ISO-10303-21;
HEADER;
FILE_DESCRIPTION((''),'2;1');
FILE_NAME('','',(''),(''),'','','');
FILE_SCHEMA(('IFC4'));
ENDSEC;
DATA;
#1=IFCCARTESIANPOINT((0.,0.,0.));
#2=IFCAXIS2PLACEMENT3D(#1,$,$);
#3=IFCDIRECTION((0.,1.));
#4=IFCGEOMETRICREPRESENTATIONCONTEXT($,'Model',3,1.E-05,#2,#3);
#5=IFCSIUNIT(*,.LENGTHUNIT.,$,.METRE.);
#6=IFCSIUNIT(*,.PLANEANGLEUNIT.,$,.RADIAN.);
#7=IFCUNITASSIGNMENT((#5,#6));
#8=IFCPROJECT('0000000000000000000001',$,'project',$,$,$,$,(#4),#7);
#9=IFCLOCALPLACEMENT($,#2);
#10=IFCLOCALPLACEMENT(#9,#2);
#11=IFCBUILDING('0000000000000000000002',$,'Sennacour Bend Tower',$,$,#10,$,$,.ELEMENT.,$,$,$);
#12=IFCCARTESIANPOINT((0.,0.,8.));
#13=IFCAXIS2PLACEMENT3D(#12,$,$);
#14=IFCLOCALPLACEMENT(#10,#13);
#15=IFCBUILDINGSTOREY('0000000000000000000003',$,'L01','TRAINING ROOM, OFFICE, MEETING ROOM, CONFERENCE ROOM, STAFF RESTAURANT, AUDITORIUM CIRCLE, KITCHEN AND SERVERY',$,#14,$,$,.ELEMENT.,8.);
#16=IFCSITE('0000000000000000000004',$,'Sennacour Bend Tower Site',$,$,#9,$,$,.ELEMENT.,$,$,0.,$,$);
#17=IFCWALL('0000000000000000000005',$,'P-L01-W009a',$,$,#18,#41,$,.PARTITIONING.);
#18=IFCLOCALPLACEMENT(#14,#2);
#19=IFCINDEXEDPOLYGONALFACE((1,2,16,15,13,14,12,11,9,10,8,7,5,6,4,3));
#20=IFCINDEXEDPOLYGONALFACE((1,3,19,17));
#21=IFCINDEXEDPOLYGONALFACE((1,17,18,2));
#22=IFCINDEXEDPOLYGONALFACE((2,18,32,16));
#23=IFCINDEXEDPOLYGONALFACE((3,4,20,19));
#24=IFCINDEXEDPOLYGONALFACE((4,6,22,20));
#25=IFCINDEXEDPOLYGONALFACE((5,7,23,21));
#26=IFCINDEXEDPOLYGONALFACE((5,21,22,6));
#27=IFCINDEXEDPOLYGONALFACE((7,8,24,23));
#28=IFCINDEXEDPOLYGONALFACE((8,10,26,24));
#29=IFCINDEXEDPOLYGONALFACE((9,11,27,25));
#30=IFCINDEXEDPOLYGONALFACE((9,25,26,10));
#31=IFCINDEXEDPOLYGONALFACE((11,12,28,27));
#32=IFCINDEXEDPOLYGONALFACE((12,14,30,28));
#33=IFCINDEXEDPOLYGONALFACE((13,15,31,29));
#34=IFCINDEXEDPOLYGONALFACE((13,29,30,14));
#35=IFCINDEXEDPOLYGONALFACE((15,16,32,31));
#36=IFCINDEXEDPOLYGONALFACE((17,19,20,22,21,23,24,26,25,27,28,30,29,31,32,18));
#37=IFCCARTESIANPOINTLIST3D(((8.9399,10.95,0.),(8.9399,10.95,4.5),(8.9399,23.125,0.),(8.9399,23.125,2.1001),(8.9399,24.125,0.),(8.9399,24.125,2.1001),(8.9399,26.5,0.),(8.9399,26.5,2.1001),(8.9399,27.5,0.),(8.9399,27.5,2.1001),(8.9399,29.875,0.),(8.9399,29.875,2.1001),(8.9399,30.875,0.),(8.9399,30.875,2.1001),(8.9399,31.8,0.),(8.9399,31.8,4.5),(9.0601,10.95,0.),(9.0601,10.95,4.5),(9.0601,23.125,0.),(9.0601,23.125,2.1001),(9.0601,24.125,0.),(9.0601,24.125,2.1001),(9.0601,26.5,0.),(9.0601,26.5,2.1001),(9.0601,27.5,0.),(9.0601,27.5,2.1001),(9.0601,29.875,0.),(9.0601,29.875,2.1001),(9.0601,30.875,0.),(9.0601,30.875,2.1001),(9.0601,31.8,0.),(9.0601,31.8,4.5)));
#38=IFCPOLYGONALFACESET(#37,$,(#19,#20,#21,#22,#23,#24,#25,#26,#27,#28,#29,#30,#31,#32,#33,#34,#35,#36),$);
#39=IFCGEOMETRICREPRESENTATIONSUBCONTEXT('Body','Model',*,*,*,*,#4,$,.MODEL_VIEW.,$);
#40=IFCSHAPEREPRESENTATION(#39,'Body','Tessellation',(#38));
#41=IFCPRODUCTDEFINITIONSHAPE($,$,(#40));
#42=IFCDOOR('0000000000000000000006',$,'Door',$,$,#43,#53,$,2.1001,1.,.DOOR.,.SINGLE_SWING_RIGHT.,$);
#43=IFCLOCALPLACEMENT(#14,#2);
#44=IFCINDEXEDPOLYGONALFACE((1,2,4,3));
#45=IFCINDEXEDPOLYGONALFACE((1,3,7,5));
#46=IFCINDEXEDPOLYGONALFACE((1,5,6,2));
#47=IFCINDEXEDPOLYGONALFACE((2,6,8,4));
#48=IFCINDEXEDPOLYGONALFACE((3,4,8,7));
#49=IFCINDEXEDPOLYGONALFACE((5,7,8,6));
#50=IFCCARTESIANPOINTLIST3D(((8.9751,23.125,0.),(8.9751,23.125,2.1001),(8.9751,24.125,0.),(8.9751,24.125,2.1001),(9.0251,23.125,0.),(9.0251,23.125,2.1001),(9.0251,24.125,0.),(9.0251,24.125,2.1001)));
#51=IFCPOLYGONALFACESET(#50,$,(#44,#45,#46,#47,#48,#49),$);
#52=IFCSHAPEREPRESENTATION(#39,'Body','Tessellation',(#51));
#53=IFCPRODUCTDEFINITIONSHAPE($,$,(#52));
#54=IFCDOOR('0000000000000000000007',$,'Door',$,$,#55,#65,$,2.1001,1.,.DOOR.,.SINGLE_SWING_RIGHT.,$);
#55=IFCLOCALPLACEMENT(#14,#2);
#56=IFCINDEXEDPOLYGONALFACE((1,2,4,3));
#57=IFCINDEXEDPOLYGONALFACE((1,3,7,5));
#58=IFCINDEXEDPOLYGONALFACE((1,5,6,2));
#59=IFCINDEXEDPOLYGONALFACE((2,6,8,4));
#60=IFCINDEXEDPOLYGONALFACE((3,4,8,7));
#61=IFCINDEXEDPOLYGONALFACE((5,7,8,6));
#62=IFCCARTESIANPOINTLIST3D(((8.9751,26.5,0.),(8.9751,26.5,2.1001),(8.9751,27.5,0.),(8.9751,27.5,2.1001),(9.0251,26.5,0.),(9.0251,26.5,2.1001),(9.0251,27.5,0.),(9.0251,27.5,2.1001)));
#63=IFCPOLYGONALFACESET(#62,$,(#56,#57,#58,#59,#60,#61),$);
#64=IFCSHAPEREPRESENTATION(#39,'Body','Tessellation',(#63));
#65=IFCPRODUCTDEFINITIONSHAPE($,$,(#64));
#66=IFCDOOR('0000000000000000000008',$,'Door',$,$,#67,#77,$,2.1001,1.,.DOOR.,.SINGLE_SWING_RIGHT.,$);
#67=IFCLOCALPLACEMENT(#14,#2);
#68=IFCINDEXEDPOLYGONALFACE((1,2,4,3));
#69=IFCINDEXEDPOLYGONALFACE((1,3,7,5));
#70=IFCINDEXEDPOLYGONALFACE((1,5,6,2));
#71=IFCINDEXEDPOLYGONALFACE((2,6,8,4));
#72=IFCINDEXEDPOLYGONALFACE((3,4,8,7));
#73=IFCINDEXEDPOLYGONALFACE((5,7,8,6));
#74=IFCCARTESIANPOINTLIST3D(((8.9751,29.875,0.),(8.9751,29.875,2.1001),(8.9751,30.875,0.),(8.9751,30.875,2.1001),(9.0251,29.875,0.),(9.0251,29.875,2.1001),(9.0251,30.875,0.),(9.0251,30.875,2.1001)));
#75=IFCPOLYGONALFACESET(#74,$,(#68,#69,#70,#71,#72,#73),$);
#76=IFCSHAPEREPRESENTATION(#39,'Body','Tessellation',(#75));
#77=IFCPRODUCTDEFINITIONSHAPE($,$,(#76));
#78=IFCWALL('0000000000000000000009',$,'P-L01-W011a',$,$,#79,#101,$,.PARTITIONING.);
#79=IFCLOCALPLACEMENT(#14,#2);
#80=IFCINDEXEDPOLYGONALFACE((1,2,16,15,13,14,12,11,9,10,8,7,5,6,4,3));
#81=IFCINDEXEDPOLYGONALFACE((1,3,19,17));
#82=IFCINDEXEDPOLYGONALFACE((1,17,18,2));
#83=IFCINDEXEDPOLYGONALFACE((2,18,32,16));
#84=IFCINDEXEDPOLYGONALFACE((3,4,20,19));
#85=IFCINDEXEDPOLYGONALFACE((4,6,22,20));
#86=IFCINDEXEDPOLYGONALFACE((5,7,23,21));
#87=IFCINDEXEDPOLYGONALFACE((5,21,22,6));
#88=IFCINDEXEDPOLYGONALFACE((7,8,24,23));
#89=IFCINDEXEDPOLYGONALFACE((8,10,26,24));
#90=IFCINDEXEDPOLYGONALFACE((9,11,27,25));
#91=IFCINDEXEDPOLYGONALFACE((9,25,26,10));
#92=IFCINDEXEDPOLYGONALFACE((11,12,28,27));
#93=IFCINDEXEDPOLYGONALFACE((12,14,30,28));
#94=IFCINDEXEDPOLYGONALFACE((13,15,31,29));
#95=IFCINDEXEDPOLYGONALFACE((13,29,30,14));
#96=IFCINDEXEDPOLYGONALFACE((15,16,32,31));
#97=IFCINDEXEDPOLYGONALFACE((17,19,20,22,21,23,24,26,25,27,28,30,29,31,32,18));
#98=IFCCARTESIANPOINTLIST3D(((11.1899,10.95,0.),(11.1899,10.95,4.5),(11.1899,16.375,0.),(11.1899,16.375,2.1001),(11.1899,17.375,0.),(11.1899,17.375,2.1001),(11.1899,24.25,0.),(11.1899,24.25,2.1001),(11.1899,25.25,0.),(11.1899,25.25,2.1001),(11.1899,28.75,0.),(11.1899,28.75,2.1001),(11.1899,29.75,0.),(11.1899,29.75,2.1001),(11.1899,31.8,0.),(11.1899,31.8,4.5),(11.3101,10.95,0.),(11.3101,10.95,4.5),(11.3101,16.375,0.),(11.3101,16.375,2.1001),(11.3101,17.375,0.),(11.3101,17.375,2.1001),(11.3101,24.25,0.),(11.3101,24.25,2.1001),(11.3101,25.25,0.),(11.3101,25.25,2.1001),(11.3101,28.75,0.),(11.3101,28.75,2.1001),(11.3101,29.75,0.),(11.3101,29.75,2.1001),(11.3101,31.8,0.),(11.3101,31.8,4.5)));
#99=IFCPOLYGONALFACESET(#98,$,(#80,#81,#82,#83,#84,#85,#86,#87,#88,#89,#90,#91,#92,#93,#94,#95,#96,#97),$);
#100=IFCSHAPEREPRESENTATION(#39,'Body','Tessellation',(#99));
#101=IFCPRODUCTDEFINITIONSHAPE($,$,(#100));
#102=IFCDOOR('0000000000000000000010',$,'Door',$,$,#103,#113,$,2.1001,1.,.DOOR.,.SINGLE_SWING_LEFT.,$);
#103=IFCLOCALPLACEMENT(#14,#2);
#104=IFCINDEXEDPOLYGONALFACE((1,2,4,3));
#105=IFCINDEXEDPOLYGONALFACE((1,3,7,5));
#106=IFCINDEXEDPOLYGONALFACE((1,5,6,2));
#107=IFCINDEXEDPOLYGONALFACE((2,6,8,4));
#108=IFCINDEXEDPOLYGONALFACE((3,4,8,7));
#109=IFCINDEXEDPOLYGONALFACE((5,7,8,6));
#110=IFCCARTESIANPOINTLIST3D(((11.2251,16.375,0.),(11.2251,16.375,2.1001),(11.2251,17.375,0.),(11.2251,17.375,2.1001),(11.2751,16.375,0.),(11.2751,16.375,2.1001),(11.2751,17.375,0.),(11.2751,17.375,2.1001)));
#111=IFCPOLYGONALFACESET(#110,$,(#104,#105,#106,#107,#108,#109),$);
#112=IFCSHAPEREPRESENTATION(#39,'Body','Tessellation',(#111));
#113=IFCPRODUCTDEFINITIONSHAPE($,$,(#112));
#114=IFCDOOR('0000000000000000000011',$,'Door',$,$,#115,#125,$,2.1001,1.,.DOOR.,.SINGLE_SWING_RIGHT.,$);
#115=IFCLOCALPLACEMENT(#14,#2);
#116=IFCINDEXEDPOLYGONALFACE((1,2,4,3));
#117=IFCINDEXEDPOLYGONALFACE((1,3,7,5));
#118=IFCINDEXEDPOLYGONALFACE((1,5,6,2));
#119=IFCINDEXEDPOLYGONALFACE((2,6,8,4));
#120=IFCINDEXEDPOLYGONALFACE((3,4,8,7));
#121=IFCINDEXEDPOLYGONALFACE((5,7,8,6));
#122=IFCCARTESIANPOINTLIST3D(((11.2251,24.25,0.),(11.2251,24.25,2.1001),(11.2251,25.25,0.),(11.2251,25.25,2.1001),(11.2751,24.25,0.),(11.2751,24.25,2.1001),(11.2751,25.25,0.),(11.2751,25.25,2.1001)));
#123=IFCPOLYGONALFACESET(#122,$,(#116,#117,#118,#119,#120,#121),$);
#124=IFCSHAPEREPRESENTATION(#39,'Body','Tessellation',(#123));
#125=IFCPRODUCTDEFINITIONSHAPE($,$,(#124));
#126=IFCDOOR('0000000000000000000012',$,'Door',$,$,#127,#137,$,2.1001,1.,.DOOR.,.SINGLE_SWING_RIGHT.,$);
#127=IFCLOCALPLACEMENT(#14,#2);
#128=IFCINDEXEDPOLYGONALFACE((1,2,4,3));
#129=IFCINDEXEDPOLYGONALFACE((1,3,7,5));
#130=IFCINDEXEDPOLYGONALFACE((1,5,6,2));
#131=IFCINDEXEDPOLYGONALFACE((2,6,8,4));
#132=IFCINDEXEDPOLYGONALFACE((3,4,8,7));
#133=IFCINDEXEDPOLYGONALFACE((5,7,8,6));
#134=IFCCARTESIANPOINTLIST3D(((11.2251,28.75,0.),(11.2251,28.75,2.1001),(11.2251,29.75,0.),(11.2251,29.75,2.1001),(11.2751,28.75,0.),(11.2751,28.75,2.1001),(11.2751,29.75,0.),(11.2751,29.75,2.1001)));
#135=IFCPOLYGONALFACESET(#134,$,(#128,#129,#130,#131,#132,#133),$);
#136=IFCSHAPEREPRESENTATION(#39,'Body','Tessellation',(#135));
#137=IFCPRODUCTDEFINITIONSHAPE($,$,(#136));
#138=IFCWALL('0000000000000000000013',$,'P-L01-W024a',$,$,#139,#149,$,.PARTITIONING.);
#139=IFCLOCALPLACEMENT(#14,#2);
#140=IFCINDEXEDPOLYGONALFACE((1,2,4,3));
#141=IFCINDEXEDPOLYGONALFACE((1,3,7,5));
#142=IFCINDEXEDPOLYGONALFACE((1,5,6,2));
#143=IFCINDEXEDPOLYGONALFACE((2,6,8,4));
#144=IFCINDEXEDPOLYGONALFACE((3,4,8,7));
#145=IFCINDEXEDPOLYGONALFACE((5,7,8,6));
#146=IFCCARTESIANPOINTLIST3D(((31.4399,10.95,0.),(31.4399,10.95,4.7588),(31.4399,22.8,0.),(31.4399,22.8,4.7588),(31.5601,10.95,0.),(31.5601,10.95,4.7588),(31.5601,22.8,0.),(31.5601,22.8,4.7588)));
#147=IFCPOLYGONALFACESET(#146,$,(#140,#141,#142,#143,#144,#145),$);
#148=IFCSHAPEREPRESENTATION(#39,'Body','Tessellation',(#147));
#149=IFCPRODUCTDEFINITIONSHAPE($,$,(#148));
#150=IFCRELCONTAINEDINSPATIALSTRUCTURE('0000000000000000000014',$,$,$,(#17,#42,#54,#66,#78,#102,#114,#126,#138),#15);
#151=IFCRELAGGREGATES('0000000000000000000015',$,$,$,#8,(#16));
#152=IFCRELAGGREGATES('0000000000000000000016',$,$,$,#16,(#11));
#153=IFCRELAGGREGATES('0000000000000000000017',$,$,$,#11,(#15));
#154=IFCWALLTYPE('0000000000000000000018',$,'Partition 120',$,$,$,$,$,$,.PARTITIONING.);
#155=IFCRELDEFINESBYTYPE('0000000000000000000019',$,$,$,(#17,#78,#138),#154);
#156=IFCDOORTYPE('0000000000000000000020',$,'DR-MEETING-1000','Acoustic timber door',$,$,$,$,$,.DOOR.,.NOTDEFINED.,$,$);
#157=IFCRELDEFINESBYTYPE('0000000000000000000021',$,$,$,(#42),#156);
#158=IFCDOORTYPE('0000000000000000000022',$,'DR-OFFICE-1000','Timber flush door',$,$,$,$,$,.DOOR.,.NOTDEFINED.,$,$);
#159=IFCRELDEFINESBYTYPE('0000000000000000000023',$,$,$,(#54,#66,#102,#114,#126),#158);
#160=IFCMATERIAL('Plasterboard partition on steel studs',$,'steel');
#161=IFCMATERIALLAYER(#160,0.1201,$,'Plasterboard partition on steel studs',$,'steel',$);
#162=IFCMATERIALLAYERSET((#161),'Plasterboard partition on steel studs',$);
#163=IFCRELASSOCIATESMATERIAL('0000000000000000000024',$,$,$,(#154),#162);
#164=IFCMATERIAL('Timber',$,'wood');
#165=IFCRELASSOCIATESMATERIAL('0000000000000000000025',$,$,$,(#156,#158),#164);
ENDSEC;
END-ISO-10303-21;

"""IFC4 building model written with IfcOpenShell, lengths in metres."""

from ifc_helpers import new_model, si_unit, direction, frame, frame_2d, origin, place, context, subcontext, project, spatial, rectangle, extrude, material, layer, layer_set, type_object, element, fill, save


model = new_model("IFC4")

# Units and contexts
model_context = context("Model", 3, precision=1e-05, world=origin(), true_north=direction((0.0, 1.0)))
body_context = subcontext(model_context, "Body", "Model", "MODEL_VIEW")
ifc_project = project(units=[si_unit("LENGTHUNIT", "METRE"), si_unit("PLANEANGLEUNIT", "RADIAN")], contexts=[model_context])

# Site, building, storey
site_placement = place(None, origin())
site = spatial("IfcSite", under=ifc_project, at=site_placement, Name="Sennacour Bend Tower Site", CompositionType="ELEMENT", RefElevation=0.0)
building_placement = place(site_placement, origin())
building = spatial("IfcBuilding", under=site, at=building_placement, Name="Sennacour Bend Tower", CompositionType="ELEMENT")
storey_placement = place(building_placement, frame((0.0, 0.0, 8.0)))
storey = spatial("IfcBuildingStorey", under=building, at=storey_placement, Name="L01", Description="TRAINING ROOM, OFFICE, MEETING ROOM, CONFERENCE ROOM, STAFF RESTAURANT, AUDITORIUM CIRCLE, KITCHEN AND SERVERY", CompositionType="ELEMENT", Elevation=8.0)

# Shared definitions
ifc_material_1 = material(Name="Plasterboard partition on steel studs", Category="steel")
ifc_layer_1 = layer(ifc_material_1, 0.1201, Name="Plasterboard partition on steel studs", Category="steel")
ifc_layer_set_1 = layer_set([ifc_layer_1], Name="Plasterboard partition on steel studs")
wall_type_1 = type_object("IfcWallType", Name="Partition 120", PredefinedType="PARTITIONING", material=ifc_layer_set_1)

# Walls, openings, doors
wall_1_placement = place(storey_placement, frame((9.0, 10.95, 0.0), z_axis=(0.0, 0.0, 1.0), x_axis=(0.0, 1.0, 0.0)))
wall_1 = element("IfcWall", 1, at=wall_1_placement, inside=storey, type_object=wall_type_1, Name="P-L01-W009a", PredefinedType="PARTITIONING", context=body_context, shape_type="SweptSolid", body=[
    extrude(rectangle(XDim=20.8501, YDim=0.1201, at=frame_2d((10.425, 0.0))), origin(), (0.0, 0.0, 1.0), 4.5),
])
opening_1_placement = place(wall_1_placement, frame((12.175, 0.0, 0.0)))
opening_1 = element("IfcOpeningElement", 2, at=opening_1_placement, cuts=wall_1, PredefinedType="OPENING", context=body_context, shape_type="SweptSolid", body=[
    extrude(rectangle(XDim=1.0, YDim=2.1001, at=frame_2d((0.5, 1.05))), frame((0.0, 0.0701, 0.0), z_axis=(0.0, -1.0, 0.0), x_axis=(1.0, 0.0, 0.0)), (0.0, 0.0, 1.0), 0.1401),
])
opening_2_placement = place(wall_1_placement, frame((15.55, 0.0, 0.0)))
opening_2 = element("IfcOpeningElement", 3, at=opening_2_placement, cuts=wall_1, PredefinedType="OPENING", context=body_context, shape_type="SweptSolid", body=[
    extrude(rectangle(XDim=1.0, YDim=2.1001, at=frame_2d((0.5, 1.05))), frame((0.0, 0.0701, 0.0), z_axis=(0.0, -1.0, 0.0), x_axis=(1.0, 0.0, 0.0)), (0.0, 0.0, 1.0), 0.1401),
])
opening_3_placement = place(wall_1_placement, frame((18.925, 0.0, 0.0)))
opening_3 = element("IfcOpeningElement", 4, at=opening_3_placement, cuts=wall_1, PredefinedType="OPENING", context=body_context, shape_type="SweptSolid", body=[
    extrude(rectangle(XDim=1.0, YDim=2.1001, at=frame_2d((0.5, 1.05))), frame((0.0, 0.0701, 0.0), z_axis=(0.0, -1.0, 0.0), x_axis=(1.0, 0.0, 0.0)), (0.0, 0.0, 1.0), 0.1401),
])
ifc_material_2 = material(Name="Timber", Category="wood")
door_type_1 = type_object("IfcDoorType", Name="DR-MEETING-1000", Description="Acoustic timber door", OperationType="NOTDEFINED", PredefinedType="DOOR", material=ifc_material_2)
door_1_placement = place(opening_1_placement, origin())
door_1 = element("IfcDoor", 5, at=door_1_placement, inside=storey, type_object=door_type_1, Name="Door", OperationType="SINGLE_SWING_RIGHT", OverallHeight=2.1001, OverallWidth=1.0, PredefinedType="DOOR", context=body_context, shape_type="SweptSolid", body=[
    extrude(rectangle(XDim=1.0, YDim=2.1001, at=frame_2d((0.5, 1.05))), frame((0.0, 0.0249, 0.0), z_axis=(0.0, -1.0, 0.0), x_axis=(1.0, 0.0, 0.0)), (0.0, 0.0, 1.0), 0.05),
])
fill(opening_1, door_1)
door_type_2 = type_object("IfcDoorType", Name="DR-OFFICE-1000", Description="Timber flush door", OperationType="NOTDEFINED", PredefinedType="DOOR", material=ifc_material_2)
door_2_placement = place(opening_2_placement, origin())
door_2 = element("IfcDoor", 6, at=door_2_placement, inside=storey, type_object=door_type_2, Name="Door", OperationType="SINGLE_SWING_RIGHT", OverallHeight=2.1001, OverallWidth=1.0, PredefinedType="DOOR", context=body_context, shape_type="SweptSolid", body=[
    extrude(rectangle(XDim=1.0, YDim=2.1001, at=frame_2d((0.5, 1.05))), frame((0.0, 0.0249, 0.0), z_axis=(0.0, -1.0, 0.0), x_axis=(1.0, 0.0, 0.0)), (0.0, 0.0, 1.0), 0.05),
])
fill(opening_2, door_2)
door_3_placement = place(opening_3_placement, origin())
door_3 = element("IfcDoor", 7, at=door_3_placement, inside=storey, type_object=door_type_2, Name="Door", OperationType="SINGLE_SWING_RIGHT", OverallHeight=2.1001, OverallWidth=1.0, PredefinedType="DOOR", context=body_context, shape_type="SweptSolid", body=[
    extrude(rectangle(XDim=1.0, YDim=2.1001, at=frame_2d((0.5, 1.05))), frame((0.0, 0.0249, 0.0), z_axis=(0.0, -1.0, 0.0), x_axis=(1.0, 0.0, 0.0)), (0.0, 0.0, 1.0), 0.05),
])
fill(opening_3, door_3)
wall_2_placement = place(storey_placement, frame((11.25, 10.95, 0.0), z_axis=(0.0, 0.0, 1.0), x_axis=(0.0, 1.0, 0.0)))
wall_2 = element("IfcWall", 8, at=wall_2_placement, inside=storey, type_object=wall_type_1, Name="P-L01-W011a", PredefinedType="PARTITIONING", context=body_context, shape_type="SweptSolid", body=[
    extrude(rectangle(XDim=20.8501, YDim=0.1201, at=frame_2d((10.425, 0.0))), origin(), (0.0, 0.0, 1.0), 4.5),
])
opening_4_placement = place(wall_2_placement, frame((5.425, 0.0, 0.0)))
opening_4 = element("IfcOpeningElement", 9, at=opening_4_placement, cuts=wall_2, PredefinedType="OPENING", context=body_context, shape_type="SweptSolid", body=[
    extrude(rectangle(XDim=1.0, YDim=2.1001, at=frame_2d((0.5, 1.05))), frame((0.0, 0.0701, 0.0), z_axis=(0.0, -1.0, 0.0), x_axis=(1.0, 0.0, 0.0)), (0.0, 0.0, 1.0), 0.1401),
])
opening_5_placement = place(wall_2_placement, frame((13.3, 0.0, 0.0)))
opening_5 = element("IfcOpeningElement", 10, at=opening_5_placement, cuts=wall_2, PredefinedType="OPENING", context=body_context, shape_type="SweptSolid", body=[
    extrude(rectangle(XDim=1.0, YDim=2.1001, at=frame_2d((0.5, 1.05))), frame((0.0, 0.0701, 0.0), z_axis=(0.0, -1.0, 0.0), x_axis=(1.0, 0.0, 0.0)), (0.0, 0.0, 1.0), 0.1401),
])
opening_6_placement = place(wall_2_placement, frame((17.8, 0.0, 0.0)))
opening_6 = element("IfcOpeningElement", 11, at=opening_6_placement, cuts=wall_2, PredefinedType="OPENING", context=body_context, shape_type="SweptSolid", body=[
    extrude(rectangle(XDim=1.0, YDim=2.1001, at=frame_2d((0.5, 1.05))), frame((0.0, 0.0701, 0.0), z_axis=(0.0, -1.0, 0.0), x_axis=(1.0, 0.0, 0.0)), (0.0, 0.0, 1.0), 0.1401),
])
door_4_placement = place(opening_4_placement, origin())
door_4 = element("IfcDoor", 12, at=door_4_placement, inside=storey, type_object=door_type_2, Name="Door", OperationType="SINGLE_SWING_LEFT", OverallHeight=2.1001, OverallWidth=1.0, PredefinedType="DOOR", context=body_context, shape_type="SweptSolid", body=[
    extrude(rectangle(XDim=1.0, YDim=2.1001, at=frame_2d((0.5, 1.05))), frame((0.0, 0.0249, 0.0), z_axis=(0.0, -1.0, 0.0), x_axis=(1.0, 0.0, 0.0)), (0.0, 0.0, 1.0), 0.05),
])
fill(opening_4, door_4)
door_5_placement = place(opening_5_placement, origin())
door_5 = element("IfcDoor", 13, at=door_5_placement, inside=storey, type_object=door_type_2, Name="Door", OperationType="SINGLE_SWING_RIGHT", OverallHeight=2.1001, OverallWidth=1.0, PredefinedType="DOOR", context=body_context, shape_type="SweptSolid", body=[
    extrude(rectangle(XDim=1.0, YDim=2.1001, at=frame_2d((0.5, 1.05))), frame((0.0, 0.0249, 0.0), z_axis=(0.0, -1.0, 0.0), x_axis=(1.0, 0.0, 0.0)), (0.0, 0.0, 1.0), 0.05),
])
fill(opening_5, door_5)
door_6_placement = place(opening_6_placement, origin())
door_6 = element("IfcDoor", 14, at=door_6_placement, inside=storey, type_object=door_type_2, Name="Door", OperationType="SINGLE_SWING_RIGHT", OverallHeight=2.1001, OverallWidth=1.0, PredefinedType="DOOR", context=body_context, shape_type="SweptSolid", body=[
    extrude(rectangle(XDim=1.0, YDim=2.1001, at=frame_2d((0.5, 1.05))), frame((0.0, 0.0249, 0.0), z_axis=(0.0, -1.0, 0.0), x_axis=(1.0, 0.0, 0.0)), (0.0, 0.0, 1.0), 0.05),
])
fill(opening_6, door_6)

# Wall
wall_3_placement = place(storey_placement, frame((31.5, 10.95, 0.0), z_axis=(0.0, 0.0, 1.0), x_axis=(0.0, 1.0, 0.0)))
element("IfcWall", 15, at=wall_3_placement, inside=storey, type_object=wall_type_1, Name="P-L01-W024a", PredefinedType="PARTITIONING", context=body_context, shape_type="SweptSolid", body=[
    extrude(rectangle(XDim=11.8501, YDim=0.1201, at=frame_2d((5.925, 0.0))), origin(), (0.0, 0.0, 1.0), 4.7588),
])

save(model, "model.ifc")
